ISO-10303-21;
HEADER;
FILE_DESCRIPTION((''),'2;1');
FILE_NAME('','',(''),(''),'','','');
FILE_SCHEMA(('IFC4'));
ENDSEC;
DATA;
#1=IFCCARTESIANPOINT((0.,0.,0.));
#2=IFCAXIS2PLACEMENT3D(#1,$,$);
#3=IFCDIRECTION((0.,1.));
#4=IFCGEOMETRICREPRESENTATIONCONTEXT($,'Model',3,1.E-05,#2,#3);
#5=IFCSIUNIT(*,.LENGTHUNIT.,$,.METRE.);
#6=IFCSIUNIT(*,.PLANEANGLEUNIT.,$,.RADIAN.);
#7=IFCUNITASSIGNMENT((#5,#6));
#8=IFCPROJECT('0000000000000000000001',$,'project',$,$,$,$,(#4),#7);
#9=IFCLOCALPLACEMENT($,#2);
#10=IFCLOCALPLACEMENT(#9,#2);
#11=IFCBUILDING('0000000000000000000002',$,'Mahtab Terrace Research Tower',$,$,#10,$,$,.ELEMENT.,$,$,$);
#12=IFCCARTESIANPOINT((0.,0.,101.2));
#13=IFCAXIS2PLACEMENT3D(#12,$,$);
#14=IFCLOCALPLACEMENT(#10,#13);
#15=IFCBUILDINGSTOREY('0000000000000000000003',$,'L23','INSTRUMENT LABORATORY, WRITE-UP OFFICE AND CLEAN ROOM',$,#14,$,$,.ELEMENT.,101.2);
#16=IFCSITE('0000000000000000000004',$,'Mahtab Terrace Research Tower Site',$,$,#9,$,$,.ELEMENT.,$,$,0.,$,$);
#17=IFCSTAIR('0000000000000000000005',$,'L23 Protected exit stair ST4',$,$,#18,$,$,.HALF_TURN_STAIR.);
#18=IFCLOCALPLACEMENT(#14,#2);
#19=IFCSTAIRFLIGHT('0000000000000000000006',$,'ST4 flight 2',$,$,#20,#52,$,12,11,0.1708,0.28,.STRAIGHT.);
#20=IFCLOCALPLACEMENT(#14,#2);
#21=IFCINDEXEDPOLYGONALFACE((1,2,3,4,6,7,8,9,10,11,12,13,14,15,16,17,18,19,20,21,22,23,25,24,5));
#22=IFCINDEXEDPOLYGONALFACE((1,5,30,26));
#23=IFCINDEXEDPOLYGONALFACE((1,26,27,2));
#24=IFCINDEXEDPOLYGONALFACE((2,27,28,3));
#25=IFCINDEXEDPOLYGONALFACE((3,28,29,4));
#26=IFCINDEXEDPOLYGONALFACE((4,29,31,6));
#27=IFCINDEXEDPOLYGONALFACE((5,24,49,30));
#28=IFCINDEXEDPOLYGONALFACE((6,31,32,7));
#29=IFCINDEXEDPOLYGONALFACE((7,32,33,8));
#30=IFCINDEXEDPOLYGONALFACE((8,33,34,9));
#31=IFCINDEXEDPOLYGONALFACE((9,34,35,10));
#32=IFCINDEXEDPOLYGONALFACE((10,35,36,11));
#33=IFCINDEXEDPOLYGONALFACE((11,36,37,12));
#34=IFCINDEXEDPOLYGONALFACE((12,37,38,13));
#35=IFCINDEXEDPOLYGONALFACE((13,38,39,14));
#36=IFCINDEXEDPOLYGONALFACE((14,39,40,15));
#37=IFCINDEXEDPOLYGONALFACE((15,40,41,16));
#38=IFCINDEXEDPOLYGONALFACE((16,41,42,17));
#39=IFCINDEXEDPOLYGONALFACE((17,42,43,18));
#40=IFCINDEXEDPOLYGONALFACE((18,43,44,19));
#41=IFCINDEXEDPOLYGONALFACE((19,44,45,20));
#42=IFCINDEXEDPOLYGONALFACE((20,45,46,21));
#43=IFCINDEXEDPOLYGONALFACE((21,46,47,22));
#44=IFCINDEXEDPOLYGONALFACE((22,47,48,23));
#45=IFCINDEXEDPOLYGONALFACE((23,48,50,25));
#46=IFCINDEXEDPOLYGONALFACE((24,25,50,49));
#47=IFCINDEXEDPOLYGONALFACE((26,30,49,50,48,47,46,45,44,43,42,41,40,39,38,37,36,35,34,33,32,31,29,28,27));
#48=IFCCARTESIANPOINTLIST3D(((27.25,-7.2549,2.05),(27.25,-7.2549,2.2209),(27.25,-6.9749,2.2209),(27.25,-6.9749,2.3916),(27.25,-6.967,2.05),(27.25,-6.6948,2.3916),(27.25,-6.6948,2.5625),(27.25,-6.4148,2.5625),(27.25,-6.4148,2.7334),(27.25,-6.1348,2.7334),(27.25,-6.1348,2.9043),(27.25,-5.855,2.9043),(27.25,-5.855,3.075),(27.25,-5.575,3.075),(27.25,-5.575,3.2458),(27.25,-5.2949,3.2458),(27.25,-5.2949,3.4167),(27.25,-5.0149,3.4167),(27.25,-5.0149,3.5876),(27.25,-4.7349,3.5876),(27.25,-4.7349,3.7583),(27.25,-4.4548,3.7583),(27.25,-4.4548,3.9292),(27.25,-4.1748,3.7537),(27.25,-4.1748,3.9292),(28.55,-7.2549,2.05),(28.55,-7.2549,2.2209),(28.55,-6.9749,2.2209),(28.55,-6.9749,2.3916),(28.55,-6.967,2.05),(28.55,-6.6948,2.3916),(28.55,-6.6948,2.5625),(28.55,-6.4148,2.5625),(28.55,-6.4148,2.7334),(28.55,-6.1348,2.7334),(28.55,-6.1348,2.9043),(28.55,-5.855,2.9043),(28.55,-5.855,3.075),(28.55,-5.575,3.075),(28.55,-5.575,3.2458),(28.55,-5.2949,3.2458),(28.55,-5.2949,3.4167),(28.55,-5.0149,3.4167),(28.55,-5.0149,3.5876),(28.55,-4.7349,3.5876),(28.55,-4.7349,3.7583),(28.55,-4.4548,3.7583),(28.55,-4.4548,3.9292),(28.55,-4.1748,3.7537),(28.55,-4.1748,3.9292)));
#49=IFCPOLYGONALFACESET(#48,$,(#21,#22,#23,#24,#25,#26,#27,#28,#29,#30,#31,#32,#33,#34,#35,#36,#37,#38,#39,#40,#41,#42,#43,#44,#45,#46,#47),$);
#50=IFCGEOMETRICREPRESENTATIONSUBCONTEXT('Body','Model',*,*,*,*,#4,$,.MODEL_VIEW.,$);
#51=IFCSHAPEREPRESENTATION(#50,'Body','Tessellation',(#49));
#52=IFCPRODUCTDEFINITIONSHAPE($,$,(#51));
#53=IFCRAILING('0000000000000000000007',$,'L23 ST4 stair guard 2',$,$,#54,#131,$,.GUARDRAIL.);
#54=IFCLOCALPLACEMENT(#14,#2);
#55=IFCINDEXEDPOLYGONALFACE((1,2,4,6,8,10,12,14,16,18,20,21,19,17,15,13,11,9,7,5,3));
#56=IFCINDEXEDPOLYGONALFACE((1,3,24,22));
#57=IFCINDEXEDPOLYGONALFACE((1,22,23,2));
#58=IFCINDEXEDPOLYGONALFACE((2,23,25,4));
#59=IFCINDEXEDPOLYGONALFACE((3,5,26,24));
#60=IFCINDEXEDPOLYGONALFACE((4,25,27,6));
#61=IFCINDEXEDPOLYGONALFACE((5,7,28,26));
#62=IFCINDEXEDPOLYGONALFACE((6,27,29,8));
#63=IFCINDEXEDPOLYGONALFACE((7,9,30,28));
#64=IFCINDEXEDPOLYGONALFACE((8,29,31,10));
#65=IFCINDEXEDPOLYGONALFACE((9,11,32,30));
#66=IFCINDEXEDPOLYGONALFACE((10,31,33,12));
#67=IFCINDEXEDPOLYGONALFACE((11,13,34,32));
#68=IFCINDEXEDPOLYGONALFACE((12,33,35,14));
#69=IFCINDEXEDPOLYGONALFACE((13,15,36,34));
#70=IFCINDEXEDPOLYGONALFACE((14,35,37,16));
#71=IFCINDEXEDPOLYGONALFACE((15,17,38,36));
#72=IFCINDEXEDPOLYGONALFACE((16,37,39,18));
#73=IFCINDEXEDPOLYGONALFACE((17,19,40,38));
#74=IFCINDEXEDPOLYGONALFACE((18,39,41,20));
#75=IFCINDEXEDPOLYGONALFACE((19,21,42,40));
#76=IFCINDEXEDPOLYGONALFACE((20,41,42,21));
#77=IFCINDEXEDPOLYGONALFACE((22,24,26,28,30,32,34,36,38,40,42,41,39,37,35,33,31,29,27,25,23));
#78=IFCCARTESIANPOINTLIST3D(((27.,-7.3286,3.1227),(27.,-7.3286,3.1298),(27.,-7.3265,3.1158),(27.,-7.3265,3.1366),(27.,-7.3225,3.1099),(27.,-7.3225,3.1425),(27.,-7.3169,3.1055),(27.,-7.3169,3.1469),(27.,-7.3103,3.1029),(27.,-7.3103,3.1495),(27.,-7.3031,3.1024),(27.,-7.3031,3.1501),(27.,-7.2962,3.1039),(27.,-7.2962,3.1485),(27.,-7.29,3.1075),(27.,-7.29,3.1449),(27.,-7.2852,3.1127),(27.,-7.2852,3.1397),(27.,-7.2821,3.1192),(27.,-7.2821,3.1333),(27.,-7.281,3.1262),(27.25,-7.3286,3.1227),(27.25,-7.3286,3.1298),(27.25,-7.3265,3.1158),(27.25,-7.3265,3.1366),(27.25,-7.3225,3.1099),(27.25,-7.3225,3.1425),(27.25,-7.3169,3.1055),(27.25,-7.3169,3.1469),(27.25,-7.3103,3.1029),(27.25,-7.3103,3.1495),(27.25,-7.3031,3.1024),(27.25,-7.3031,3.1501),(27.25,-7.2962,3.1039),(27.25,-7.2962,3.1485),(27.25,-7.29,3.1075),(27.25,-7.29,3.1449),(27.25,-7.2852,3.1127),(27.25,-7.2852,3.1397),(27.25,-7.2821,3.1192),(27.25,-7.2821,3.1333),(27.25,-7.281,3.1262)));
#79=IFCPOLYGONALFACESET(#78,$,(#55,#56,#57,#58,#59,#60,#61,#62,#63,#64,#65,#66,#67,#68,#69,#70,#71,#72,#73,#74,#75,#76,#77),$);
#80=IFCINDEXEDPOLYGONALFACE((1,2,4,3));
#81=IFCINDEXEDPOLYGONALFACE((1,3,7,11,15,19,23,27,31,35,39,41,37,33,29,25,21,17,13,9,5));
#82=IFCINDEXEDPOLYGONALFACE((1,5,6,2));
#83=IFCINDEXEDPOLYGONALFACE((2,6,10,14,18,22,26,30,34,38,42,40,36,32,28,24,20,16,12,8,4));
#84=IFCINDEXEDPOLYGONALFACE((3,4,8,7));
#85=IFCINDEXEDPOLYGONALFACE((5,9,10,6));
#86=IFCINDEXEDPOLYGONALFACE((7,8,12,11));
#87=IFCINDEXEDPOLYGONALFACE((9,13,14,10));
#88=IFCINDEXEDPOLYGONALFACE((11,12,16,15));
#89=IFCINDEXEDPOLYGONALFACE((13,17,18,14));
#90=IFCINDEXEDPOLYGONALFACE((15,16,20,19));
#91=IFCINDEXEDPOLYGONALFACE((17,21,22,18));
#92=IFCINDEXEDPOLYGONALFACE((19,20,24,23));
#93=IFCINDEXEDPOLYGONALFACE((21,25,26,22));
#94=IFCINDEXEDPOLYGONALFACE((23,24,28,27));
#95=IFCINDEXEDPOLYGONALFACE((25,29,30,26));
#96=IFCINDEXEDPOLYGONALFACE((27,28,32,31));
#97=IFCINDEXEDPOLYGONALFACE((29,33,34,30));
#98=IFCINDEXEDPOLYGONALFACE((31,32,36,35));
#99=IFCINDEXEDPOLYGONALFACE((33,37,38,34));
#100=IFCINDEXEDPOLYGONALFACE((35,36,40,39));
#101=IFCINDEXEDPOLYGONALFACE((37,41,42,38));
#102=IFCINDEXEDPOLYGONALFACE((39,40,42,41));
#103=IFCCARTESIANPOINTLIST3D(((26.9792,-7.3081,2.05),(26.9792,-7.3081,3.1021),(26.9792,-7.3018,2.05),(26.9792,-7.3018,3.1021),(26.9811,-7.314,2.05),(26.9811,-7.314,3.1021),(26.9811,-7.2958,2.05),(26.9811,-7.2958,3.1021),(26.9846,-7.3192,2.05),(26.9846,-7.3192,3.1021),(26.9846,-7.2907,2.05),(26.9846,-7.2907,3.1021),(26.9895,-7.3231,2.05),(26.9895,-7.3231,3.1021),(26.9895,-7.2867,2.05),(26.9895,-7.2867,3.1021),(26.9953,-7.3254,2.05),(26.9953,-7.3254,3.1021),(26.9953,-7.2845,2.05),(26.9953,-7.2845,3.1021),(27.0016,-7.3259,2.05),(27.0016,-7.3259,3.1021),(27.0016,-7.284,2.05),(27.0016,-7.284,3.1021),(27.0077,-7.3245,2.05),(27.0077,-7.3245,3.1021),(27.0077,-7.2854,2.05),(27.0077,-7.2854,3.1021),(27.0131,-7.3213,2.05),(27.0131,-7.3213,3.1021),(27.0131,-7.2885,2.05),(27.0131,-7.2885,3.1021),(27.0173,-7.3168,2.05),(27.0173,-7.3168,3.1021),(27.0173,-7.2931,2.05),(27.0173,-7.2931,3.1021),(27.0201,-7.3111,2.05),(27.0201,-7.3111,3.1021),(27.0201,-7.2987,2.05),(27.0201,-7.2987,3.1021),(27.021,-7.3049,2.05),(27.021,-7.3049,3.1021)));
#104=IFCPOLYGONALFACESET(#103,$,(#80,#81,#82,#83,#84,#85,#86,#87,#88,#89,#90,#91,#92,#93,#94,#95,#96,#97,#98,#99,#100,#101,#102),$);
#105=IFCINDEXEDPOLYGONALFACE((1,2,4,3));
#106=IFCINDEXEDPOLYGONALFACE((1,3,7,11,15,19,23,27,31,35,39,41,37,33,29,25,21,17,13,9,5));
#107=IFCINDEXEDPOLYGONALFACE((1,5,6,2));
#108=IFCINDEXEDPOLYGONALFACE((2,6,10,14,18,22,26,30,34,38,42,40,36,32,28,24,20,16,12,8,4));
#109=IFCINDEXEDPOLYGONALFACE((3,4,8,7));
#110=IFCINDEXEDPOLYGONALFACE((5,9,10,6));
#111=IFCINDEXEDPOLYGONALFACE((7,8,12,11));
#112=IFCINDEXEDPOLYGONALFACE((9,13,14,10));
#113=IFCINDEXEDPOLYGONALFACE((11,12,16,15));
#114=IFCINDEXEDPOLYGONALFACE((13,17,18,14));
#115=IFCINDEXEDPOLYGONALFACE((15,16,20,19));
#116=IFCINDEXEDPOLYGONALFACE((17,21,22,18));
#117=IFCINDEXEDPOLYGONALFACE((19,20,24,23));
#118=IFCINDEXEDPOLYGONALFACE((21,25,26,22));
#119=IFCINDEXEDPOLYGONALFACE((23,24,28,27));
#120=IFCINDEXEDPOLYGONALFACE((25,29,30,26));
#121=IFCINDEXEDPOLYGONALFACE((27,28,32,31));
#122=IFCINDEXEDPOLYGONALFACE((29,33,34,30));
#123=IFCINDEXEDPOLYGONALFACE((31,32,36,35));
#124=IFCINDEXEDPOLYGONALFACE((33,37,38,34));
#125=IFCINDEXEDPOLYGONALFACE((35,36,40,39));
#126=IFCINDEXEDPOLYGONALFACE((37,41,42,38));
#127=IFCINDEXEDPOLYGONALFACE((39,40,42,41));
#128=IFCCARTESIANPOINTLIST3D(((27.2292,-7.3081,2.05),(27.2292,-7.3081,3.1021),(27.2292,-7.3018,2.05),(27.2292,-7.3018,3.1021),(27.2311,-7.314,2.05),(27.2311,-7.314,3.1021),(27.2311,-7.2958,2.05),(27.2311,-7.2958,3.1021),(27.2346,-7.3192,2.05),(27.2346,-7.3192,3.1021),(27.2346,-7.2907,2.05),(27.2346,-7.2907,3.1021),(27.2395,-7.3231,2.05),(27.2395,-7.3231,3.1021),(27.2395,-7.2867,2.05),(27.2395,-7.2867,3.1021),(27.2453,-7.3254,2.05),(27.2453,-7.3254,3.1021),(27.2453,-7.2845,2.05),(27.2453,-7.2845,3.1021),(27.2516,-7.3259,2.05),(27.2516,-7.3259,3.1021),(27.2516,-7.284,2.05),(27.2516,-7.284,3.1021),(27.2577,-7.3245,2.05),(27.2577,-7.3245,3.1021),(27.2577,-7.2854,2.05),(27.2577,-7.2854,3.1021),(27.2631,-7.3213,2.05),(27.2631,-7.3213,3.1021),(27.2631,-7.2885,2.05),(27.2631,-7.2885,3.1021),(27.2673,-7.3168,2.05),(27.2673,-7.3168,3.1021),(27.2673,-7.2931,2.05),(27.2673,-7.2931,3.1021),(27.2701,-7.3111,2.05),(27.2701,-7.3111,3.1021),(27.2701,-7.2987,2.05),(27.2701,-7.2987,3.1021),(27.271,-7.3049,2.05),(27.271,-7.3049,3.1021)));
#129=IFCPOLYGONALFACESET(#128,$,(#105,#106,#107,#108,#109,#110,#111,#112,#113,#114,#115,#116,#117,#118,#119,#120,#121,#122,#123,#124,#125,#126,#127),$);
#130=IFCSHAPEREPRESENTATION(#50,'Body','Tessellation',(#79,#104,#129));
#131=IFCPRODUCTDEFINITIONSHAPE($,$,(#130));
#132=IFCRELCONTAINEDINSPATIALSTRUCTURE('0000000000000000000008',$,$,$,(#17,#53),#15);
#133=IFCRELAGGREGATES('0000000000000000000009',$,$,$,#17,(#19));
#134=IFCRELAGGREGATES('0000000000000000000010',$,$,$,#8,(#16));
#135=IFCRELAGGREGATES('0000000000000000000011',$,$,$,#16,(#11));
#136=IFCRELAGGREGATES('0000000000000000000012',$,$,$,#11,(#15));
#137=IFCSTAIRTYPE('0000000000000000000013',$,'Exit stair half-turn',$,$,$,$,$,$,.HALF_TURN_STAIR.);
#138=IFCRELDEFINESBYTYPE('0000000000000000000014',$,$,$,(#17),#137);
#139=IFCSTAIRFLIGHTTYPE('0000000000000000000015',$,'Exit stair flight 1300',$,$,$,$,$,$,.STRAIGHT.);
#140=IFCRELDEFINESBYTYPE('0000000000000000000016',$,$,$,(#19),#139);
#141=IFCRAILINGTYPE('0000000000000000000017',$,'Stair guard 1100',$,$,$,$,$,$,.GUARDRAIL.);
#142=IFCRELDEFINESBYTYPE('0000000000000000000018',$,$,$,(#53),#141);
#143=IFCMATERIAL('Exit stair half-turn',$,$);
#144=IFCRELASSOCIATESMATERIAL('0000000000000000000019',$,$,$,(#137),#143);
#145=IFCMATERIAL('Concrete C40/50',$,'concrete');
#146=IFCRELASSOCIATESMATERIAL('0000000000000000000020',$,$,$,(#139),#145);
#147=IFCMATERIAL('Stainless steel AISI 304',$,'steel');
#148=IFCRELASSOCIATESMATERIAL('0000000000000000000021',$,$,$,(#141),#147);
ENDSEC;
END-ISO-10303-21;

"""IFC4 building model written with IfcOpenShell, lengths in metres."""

from ifc_helpers import new_model, si_unit, direction, frame, origin, origin_2d, place, context, subcontext, project, spatial, polyline, circle, outline, extrude, material, type_object, element, aggregate, save


model = new_model("IFC4")

# Units and contexts
model_context = context("Model", 3, precision=1e-05, world=origin(), true_north=direction((0.0, 1.0)))
body_context = subcontext(model_context, "Body", "Model", "MODEL_VIEW")
ifc_project = project(units=[si_unit("LENGTHUNIT", "METRE"), si_unit("PLANEANGLEUNIT", "RADIAN")], contexts=[model_context])

# Site, building, storey
site_placement = place(None, origin())
site = spatial("IfcSite", under=ifc_project, at=site_placement, Name="Mahtab Terrace Research Tower Site", CompositionType="ELEMENT", RefElevation=0.0)
building_placement = place(site_placement, origin())
building = spatial("IfcBuilding", under=site, at=building_placement, Name="Mahtab Terrace Research Tower", CompositionType="ELEMENT")
storey_placement = place(building_placement, frame((0.0, 0.0, 101.2)))
storey = spatial("IfcBuildingStorey", under=building, at=storey_placement, Name="L23", Description="INSTRUMENT LABORATORY, WRITE-UP OFFICE AND CLEAN ROOM", CompositionType="ELEMENT", Elevation=101.2)

# Stair, stair flight
ifc_material_1 = material(Name="Exit stair half-turn")
stair_type = type_object("IfcStairType", Name="Exit stair half-turn", PredefinedType="HALF_TURN_STAIR", material=ifc_material_1)
stair_placement = place(storey_placement, origin())
stair = element("IfcStair", 1, at=stair_placement, inside=storey, type_object=stair_type, Name="L23 Protected exit stair ST4", PredefinedType="HALF_TURN_STAIR")
ifc_material_2 = material(Name="Concrete C40/50", Category="concrete")
stair_flight_type = type_object("IfcStairFlightType", Name="Exit stair flight 1300", PredefinedType="STRAIGHT", material=ifc_material_2)
stair_flight_placement = place(storey_placement, frame((27.8999, -7.2549, 2.05), z_axis=(0.0, 0.0, 1.0), x_axis=(0.0, 1.0, 0.0)))
stair_flight = element("IfcStairFlight", 2, at=stair_flight_placement, type_object=stair_flight_type, Name="ST4 flight 2", NumberOfRisers=12, NumberOfTreads=11, PredefinedType="STRAIGHT", RiserHeight=0.1708, TreadLength=0.28, context=body_context, shape_type="SweptSolid", body=[
    extrude(outline(polyline([(0.0, 0.0), (0.0, 0.1709), (0.28, 0.1709), (0.28, 0.3416), (0.5601, 0.3416), (0.5601, 0.5125), (0.8401, 0.5125), (0.8401, 0.6833), (1.1201, 0.6833), (1.1201, 0.8542), (1.3999, 0.8542), (1.3999, 1.0249), (1.6799, 1.0249), (1.6799, 1.1958), (1.96, 1.1958), (1.96, 1.3667), (2.24, 1.3667), (2.24, 1.5376), (2.52, 1.5376), (2.52, 1.7083), (2.8, 1.7083), (2.8, 1.8792), (3.0801, 1.8792), (3.0801, 2.05), (3.0801, 1.7036), (0.2878, 0.0), (0.0, 0.0)])), frame((0.0, 0.6499, 0.0), z_axis=(0.0, -1.0, 0.0), x_axis=(1.0, 0.0, 0.0)), (0.0, 0.0, 1.0), 1.3),
])
aggregate(stair, [stair_flight])

# Railing
ifc_material_3 = material(Name="Stainless steel AISI 304", Category="steel")
railing_type_1 = type_object("IfcRailingType", Name="Stair guard 1100", PredefinedType="GUARDRAIL", material=ifc_material_3)
railing_1_placement = place(storey_placement, frame((27.0, -7.3049, 2.05)))
element("IfcRailing", 3, at=railing_1_placement, inside=storey, type_object=railing_type_1, Name="L23 ST4 stair guard 2", PredefinedType="GUARDRAIL", context=body_context, shape_type="SweptSolid", body=[
    extrude(circle(Radius=0.0239, at=origin_2d()), frame((0.0, 0.0, 1.0762), z_axis=(1.0, 0.0, 0.0), x_axis=(0.0, 1.0, 0.0)), (0.0, 0.0, 1.0), 0.25),
    extrude(circle(Radius=0.021, at=origin_2d()), origin(), (0.0, 0.0, 1.0), 1.052),
    extrude(circle(Radius=0.021, at=origin_2d()), frame((0.25, 0.0, 0.0)), (0.0, 0.0, 1.0), 1.052),
])

save(model, "model.ifc")
